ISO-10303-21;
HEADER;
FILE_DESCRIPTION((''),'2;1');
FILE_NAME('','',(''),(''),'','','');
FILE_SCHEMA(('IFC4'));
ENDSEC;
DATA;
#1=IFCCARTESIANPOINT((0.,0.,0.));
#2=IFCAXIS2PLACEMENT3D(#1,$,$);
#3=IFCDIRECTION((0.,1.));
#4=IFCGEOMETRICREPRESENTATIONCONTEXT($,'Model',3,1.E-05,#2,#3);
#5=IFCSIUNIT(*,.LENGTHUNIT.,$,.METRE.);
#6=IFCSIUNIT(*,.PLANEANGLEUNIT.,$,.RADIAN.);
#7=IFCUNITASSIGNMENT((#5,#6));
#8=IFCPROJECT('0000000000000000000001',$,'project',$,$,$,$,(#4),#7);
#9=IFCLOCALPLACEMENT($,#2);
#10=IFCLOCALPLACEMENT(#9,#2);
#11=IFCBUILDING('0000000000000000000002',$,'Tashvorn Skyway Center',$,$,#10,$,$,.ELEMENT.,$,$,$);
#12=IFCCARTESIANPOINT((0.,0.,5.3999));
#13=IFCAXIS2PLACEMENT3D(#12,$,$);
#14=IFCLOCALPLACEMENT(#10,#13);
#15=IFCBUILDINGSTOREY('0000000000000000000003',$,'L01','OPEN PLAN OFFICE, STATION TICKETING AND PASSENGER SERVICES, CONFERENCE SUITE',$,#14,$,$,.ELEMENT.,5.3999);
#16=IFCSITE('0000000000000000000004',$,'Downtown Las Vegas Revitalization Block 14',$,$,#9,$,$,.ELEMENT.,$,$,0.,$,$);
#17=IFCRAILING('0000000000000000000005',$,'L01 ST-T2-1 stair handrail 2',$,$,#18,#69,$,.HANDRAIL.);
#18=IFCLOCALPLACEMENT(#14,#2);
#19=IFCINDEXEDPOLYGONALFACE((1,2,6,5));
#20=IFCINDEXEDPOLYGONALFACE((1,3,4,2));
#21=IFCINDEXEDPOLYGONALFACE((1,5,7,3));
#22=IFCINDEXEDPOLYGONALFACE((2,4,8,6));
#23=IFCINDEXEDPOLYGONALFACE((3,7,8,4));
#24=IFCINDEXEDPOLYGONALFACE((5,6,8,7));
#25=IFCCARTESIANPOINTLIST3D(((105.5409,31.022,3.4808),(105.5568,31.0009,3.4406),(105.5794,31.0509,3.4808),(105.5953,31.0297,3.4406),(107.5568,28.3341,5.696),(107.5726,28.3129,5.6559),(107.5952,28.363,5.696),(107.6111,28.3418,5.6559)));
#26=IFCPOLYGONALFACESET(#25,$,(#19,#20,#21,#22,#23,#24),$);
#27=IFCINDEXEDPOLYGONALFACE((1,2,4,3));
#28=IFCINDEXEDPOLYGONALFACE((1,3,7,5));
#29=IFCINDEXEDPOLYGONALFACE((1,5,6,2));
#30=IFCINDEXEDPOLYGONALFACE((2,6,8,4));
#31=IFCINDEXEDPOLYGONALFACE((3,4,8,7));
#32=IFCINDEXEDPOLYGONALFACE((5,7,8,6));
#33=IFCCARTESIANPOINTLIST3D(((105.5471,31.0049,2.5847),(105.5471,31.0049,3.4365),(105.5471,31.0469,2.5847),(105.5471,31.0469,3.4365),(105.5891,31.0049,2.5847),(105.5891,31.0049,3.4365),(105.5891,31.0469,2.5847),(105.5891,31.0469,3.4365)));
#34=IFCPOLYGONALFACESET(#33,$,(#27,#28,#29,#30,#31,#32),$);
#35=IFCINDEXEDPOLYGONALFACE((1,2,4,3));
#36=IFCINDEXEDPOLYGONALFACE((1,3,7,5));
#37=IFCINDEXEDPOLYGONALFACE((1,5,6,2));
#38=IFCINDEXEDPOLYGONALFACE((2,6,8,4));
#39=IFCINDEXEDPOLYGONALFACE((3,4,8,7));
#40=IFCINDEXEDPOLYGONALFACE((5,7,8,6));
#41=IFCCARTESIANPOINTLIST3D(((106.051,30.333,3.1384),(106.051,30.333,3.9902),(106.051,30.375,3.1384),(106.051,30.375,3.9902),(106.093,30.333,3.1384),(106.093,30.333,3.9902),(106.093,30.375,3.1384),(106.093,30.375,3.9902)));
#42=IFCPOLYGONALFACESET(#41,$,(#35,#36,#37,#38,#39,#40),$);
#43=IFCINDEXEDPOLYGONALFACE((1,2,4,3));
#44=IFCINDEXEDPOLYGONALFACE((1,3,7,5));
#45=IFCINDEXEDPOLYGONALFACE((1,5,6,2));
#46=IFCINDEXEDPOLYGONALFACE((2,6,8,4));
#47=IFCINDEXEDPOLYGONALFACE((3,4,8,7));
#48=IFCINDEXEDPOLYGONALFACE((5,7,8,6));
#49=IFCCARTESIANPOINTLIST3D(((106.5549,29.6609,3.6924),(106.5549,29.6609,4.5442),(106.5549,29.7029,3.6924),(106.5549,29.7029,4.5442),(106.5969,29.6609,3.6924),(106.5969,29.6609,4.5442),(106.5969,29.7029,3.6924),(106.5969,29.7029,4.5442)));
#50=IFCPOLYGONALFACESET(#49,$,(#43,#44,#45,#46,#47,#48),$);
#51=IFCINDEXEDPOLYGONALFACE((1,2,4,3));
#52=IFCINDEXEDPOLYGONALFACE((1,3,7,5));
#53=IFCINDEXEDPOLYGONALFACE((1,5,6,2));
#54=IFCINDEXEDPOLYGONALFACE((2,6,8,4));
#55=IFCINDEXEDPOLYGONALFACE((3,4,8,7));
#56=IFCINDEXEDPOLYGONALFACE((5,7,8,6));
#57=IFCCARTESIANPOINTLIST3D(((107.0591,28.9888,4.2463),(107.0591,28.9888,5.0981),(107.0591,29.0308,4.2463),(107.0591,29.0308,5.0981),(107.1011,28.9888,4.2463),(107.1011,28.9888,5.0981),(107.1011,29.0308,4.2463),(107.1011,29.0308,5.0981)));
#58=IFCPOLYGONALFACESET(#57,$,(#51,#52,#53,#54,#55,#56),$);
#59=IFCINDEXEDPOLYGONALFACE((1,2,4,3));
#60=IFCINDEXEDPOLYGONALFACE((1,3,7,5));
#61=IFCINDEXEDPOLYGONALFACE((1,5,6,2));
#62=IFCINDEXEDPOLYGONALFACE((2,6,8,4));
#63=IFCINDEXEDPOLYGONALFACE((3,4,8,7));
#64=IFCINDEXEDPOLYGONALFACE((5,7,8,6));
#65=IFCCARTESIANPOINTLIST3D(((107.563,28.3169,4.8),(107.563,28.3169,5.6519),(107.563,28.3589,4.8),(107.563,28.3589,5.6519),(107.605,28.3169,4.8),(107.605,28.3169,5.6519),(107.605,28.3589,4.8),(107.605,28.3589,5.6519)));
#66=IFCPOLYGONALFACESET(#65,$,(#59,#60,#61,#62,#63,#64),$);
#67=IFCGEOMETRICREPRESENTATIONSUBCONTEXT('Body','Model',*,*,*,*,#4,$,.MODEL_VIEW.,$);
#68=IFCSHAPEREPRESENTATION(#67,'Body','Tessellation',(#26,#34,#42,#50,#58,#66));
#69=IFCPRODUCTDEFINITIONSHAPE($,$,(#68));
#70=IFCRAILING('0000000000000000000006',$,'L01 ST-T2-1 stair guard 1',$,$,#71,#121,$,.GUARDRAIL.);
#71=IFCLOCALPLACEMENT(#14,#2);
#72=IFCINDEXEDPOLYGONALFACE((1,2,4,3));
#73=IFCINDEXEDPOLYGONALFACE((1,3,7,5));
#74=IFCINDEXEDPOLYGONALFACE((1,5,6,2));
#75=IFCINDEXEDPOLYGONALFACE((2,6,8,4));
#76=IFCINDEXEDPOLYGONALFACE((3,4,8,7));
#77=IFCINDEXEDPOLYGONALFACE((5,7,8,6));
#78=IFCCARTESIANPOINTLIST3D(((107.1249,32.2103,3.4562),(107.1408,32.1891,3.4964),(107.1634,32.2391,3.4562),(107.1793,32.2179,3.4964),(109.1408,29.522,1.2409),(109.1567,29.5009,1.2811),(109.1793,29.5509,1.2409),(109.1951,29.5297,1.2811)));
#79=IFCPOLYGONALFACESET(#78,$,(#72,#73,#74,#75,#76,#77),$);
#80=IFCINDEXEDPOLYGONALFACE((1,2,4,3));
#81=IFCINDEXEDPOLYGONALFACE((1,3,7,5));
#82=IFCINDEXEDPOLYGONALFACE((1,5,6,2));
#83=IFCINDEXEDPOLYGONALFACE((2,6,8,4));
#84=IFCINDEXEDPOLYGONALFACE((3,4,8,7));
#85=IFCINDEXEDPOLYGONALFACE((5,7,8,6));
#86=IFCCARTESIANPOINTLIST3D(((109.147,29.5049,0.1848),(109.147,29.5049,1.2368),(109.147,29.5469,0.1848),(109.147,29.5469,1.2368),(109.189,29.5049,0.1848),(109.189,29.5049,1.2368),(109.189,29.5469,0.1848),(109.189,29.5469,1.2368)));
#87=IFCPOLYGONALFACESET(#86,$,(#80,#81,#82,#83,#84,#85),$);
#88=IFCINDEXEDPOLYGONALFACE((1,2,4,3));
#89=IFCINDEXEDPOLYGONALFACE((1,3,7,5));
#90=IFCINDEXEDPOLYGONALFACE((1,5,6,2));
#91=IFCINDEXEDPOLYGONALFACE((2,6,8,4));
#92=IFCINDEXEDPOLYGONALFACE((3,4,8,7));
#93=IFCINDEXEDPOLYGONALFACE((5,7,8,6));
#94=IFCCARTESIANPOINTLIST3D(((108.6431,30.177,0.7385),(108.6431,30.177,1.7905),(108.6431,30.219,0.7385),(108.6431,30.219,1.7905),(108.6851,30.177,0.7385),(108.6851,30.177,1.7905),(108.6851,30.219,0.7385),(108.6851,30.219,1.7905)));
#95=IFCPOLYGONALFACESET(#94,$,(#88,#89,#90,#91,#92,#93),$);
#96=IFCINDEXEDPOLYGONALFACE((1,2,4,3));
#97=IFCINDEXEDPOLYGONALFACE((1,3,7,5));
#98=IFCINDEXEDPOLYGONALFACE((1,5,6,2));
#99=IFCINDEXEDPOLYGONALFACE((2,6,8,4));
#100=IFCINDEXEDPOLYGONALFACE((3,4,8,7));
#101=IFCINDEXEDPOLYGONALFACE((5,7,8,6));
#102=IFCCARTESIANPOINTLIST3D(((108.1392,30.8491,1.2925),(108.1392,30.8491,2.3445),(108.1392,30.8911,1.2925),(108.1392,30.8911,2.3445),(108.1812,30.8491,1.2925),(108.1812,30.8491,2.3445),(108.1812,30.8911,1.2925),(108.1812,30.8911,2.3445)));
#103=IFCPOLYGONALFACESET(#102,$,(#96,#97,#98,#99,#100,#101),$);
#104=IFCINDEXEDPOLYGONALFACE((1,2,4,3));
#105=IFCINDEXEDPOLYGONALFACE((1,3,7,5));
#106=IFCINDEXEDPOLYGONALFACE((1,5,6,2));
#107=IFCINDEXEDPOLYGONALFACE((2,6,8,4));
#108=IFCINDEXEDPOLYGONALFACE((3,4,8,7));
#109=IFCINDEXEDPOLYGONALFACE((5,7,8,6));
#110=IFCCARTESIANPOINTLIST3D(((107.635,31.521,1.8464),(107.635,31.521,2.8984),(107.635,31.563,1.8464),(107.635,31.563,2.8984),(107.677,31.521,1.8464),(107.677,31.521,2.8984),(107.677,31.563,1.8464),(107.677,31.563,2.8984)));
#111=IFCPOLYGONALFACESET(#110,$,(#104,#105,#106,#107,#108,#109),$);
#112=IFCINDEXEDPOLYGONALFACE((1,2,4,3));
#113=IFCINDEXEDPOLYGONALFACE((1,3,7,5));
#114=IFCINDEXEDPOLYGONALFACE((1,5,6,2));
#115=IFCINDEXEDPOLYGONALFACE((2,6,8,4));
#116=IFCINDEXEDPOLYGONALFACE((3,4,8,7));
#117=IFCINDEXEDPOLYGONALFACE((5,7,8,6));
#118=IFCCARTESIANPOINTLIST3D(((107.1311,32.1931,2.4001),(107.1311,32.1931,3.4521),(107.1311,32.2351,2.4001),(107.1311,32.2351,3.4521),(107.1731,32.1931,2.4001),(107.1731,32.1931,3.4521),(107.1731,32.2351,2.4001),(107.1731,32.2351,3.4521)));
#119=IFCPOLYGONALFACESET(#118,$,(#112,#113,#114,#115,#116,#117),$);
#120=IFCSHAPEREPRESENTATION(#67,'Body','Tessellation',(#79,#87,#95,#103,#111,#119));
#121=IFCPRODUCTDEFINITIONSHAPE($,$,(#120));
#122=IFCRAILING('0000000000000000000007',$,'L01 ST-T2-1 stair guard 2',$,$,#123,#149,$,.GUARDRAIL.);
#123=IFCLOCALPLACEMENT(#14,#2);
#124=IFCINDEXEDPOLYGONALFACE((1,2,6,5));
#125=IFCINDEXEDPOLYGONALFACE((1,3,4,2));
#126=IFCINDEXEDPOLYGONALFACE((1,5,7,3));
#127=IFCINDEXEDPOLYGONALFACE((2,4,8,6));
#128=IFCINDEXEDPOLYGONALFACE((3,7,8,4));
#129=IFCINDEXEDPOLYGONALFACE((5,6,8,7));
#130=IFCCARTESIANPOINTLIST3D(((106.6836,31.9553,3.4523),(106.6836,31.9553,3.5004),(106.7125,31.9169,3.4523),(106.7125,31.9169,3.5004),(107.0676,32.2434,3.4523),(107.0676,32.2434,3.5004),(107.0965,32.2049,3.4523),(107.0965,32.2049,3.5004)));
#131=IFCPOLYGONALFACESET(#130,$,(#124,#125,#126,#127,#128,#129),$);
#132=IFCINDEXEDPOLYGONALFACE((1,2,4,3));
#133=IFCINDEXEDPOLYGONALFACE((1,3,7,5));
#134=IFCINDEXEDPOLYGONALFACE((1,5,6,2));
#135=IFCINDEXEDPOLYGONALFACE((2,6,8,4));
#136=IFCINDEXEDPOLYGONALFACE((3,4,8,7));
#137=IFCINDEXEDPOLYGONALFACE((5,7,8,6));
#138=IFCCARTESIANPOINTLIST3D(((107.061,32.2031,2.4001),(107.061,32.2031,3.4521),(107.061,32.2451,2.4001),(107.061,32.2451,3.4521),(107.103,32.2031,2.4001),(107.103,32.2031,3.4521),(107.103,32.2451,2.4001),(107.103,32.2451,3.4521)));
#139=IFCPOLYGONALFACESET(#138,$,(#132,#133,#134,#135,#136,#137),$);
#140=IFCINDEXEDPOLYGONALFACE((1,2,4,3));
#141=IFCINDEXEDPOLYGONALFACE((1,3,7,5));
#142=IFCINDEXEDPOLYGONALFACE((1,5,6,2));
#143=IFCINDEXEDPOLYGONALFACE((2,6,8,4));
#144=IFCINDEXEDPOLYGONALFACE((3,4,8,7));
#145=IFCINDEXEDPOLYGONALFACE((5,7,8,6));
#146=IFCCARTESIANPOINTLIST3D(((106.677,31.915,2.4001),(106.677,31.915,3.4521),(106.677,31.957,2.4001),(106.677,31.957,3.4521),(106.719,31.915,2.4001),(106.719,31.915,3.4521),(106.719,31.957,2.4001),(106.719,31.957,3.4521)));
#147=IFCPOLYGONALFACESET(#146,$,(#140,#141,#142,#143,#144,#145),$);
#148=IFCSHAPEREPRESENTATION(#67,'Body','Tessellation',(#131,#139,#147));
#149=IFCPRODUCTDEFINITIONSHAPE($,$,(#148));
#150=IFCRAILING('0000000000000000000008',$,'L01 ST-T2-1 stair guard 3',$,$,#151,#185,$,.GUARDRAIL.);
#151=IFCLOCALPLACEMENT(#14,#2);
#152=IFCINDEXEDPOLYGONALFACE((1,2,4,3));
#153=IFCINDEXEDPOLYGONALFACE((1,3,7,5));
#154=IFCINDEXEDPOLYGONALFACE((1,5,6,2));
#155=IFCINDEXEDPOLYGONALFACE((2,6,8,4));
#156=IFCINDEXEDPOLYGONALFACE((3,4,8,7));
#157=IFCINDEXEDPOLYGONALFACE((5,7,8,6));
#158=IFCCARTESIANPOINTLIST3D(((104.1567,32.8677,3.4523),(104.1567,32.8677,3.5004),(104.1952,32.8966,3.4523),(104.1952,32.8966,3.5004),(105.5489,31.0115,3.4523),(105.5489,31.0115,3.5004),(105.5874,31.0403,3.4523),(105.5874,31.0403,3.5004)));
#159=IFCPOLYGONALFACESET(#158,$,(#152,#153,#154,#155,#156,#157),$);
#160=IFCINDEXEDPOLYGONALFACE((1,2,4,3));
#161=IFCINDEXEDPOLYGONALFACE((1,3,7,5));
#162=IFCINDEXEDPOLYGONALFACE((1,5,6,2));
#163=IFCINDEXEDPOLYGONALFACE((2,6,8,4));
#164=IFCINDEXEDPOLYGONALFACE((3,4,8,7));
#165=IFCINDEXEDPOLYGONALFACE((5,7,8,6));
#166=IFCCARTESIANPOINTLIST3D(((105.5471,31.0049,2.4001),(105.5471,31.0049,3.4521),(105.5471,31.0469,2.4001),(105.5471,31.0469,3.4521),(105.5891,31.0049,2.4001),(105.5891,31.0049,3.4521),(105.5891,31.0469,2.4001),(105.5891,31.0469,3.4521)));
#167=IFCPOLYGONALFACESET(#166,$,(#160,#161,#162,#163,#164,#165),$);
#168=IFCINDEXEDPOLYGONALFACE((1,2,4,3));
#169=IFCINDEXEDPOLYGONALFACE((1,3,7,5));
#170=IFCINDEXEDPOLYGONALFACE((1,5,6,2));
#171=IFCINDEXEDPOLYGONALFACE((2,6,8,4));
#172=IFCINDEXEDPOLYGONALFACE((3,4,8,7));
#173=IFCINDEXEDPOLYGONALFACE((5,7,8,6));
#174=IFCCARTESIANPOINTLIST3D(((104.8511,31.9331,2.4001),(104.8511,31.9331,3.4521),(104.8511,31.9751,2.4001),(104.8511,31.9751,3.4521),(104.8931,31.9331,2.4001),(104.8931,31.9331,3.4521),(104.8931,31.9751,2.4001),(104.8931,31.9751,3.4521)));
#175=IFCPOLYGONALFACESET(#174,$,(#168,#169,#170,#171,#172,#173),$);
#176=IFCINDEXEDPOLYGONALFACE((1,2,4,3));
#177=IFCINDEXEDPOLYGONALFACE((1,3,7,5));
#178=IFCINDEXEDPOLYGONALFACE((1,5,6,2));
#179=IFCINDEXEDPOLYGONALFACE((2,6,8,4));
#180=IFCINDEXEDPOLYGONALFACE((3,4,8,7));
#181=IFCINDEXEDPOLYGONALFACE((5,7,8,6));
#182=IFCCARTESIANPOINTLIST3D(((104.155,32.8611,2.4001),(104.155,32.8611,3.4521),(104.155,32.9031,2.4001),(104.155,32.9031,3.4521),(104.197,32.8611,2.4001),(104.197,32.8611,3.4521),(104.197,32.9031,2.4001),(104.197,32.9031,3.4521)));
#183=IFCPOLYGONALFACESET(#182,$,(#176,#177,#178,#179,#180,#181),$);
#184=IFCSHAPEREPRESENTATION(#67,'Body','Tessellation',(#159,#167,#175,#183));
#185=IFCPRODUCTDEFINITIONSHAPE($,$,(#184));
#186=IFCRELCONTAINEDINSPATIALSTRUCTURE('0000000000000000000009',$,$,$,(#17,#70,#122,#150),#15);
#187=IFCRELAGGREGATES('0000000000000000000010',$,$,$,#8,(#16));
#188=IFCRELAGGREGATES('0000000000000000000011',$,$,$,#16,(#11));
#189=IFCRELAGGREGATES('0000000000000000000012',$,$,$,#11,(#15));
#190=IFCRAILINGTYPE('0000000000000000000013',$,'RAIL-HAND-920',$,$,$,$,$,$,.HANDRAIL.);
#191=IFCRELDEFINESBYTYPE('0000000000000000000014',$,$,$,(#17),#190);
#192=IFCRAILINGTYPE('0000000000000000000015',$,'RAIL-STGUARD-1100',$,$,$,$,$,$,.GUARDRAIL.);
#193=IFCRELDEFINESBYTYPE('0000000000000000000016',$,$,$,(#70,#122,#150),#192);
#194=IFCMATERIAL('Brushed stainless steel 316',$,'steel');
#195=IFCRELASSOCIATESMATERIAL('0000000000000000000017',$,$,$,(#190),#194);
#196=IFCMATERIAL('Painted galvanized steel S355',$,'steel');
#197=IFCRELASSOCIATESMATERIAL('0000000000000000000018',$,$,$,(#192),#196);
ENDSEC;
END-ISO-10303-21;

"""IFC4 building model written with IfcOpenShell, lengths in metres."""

from ifc_helpers import new_model, si_unit, direction, frame, origin, origin_2d, place, context, subcontext, project, spatial, rectangle, extrude, material, type_object, element, save


model = new_model("IFC4")

# Units and contexts
model_context = context("Model", 3, precision=1e-05, world=origin(), true_north=direction((0.0, 1.0)))
body_context = subcontext(model_context, "Body", "Model", "MODEL_VIEW")
ifc_project = project(units=[si_unit("LENGTHUNIT", "METRE"), si_unit("PLANEANGLEUNIT", "RADIAN")], contexts=[model_context])

# Site, building, storey
site_placement = place(None, origin())
site = spatial("IfcSite", under=ifc_project, at=site_placement, Name="Downtown Las Vegas Revitalization Block 14", CompositionType="ELEMENT", RefElevation=0.0)
building_placement = place(site_placement, origin())
building = spatial("IfcBuilding", under=site, at=building_placement, Name="Tashvorn Skyway Center", CompositionType="ELEMENT")
storey_placement = place(building_placement, frame((0.0, 0.0, 5.3999)))
storey = spatial("IfcBuildingStorey", under=building, at=storey_placement, Name="L01", Description="OPEN PLAN OFFICE, STATION TICKETING AND PASSENGER SERVICES, CONFERENCE SUITE", CompositionType="ELEMENT", Elevation=5.3999)

# Railings
ifc_material_1 = material(Name="Brushed stainless steel 316", Category="steel")
railing_type_1 = type_object("IfcRailingType", Name="RAIL-HAND-920", PredefinedType="HANDRAIL", material=ifc_material_1)
railing_1_placement = place(storey_placement, frame((105.5681, 31.0259, 2.5847)))
element("IfcRailing", 1, at=railing_1_placement, inside=storey, type_object=railing_type_1, Name="L01 ST-T2-1 stair handrail 2", PredefinedType="HANDRAIL", context=body_context, shape_type="SweptSolid", body=[
    extrude(rectangle(XDim=0.0481, YDim=0.0481, at=origin_2d()), frame((0.0, 0.0, 0.876), z_axis=(0.500898, -0.667904, 0.55046), x_axis=(0.800017, 0.599977, 0.0)), (0.0, 0.0, 1.0), 4.0244),
    extrude(rectangle(XDim=0.042, YDim=0.042, at=origin_2d()), origin(), (0.0, 0.0, 1.0), 0.8518),
    extrude(rectangle(XDim=0.042, YDim=0.042, at=origin_2d()), frame((0.5039, -0.6719, 0.5537)), (0.0, 0.0, 1.0), 0.8518),
    extrude(rectangle(XDim=0.042, YDim=0.042, at=origin_2d()), frame((1.0078, -1.344, 1.1077)), (0.0, 0.0, 1.0), 0.8518),
    extrude(rectangle(XDim=0.042, YDim=0.042, at=origin_2d()), frame((1.512, -2.0161, 1.6616)), (0.0, 0.0, 1.0), 0.8518),
    extrude(rectangle(XDim=0.042, YDim=0.042, at=origin_2d()), frame((2.0159, -2.688, 2.2153)), (0.0, 0.0, 1.0), 0.8518),
])
ifc_material_2 = material(Name="Painted galvanized steel S355", Category="steel")
railing_type_2 = type_object("IfcRailingType", Name="RAIL-STGUARD-1100", PredefinedType="GUARDRAIL", material=ifc_material_2)
railing_2_placement = place(storey_placement, frame((109.168, 29.5259, 0.1848)))
element("IfcRailing", 2, at=railing_2_placement, inside=storey, type_object=railing_type_2, Name="L01 ST-T2-1 stair guard 1", PredefinedType="GUARDRAIL", context=body_context, shape_type="SweptSolid", body=[
    extrude(rectangle(XDim=0.0481, YDim=0.0481, at=origin_2d()), frame((0.0, 0.0, 1.0762), z_axis=(-0.500877, 0.667938, 0.550437), x_axis=(-0.800044, -0.599942, 0.0)), (0.0, 0.0, 1.0), 4.0247),
    extrude(rectangle(XDim=0.042, YDim=0.042, at=origin_2d()), origin(), (0.0, 0.0, 1.0), 1.052),
    extrude(rectangle(XDim=0.042, YDim=0.042, at=origin_2d()), frame((-0.5039, 0.6721, 0.5537)), (0.0, 0.0, 1.0), 1.052),
    extrude(rectangle(XDim=0.042, YDim=0.042, at=origin_2d()), frame((-1.0078, 1.3442, 1.1077)), (0.0, 0.0, 1.0), 1.052),
    extrude(rectangle(XDim=0.042, YDim=0.042, at=origin_2d()), frame((-1.512, 2.0161, 1.6616)), (0.0, 0.0, 1.0), 1.052),
    extrude(rectangle(XDim=0.042, YDim=0.042, at=origin_2d()), frame((-2.0159, 2.6882, 2.2153)), (0.0, 0.0, 1.0), 1.052),
])
railing_3_placement = place(storey_placement, frame((107.082, 32.2241, 2.4001)))
element("IfcRailing", 3, at=railing_3_placement, inside=storey, type_object=railing_type_2, Name="L01 ST-T2-1 stair guard 2", PredefinedType="GUARDRAIL", context=body_context, shape_type="SweptSolid", body=[
    extrude(rectangle(XDim=0.0481, YDim=0.0481, at=origin_2d()), frame((0.0, 0.0, 1.0762), z_axis=(-0.799939, -0.600081, 0.0), x_axis=(0.600081, -0.799939, 0.0)), (0.0, 0.0, 1.0), 0.48),
    extrude(rectangle(XDim=0.042, YDim=0.042, at=origin_2d()), origin(), (0.0, 0.0, 1.0), 1.052),
    extrude(rectangle(XDim=0.042, YDim=0.042, at=origin_2d()), frame((-0.384, -0.2881, 0.0)), (0.0, 0.0, 1.0), 1.052),
])
railing_4_placement = place(storey_placement, frame((105.5681, 31.0259, 2.4001)))
element("IfcRailing", 4, at=railing_4_placement, inside=storey, type_object=railing_type_2, Name="L01 ST-T2-1 stair guard 3", PredefinedType="GUARDRAIL", context=body_context, shape_type="SweptSolid", body=[
    extrude(rectangle(XDim=0.0481, YDim=0.0481, at=origin_2d()), frame((0.0, 0.0, 1.0762), z_axis=(-0.599983, 0.800013, 0.0), x_axis=(-0.800013, -0.599983, 0.0)), (0.0, 0.0, 1.0), 2.3203),
    extrude(rectangle(XDim=0.042, YDim=0.042, at=origin_2d()), origin(), (0.0, 0.0, 1.0), 1.052),
    extrude(rectangle(XDim=0.042, YDim=0.042, at=origin_2d()), frame((-0.696, 0.9282, 0.0)), (0.0, 0.0, 1.0), 1.052),
    extrude(rectangle(XDim=0.042, YDim=0.042, at=origin_2d()), frame((-1.3921, 1.8562, 0.0)), (0.0, 0.0, 1.0), 1.052),
])

save(model, "model.ifc")
